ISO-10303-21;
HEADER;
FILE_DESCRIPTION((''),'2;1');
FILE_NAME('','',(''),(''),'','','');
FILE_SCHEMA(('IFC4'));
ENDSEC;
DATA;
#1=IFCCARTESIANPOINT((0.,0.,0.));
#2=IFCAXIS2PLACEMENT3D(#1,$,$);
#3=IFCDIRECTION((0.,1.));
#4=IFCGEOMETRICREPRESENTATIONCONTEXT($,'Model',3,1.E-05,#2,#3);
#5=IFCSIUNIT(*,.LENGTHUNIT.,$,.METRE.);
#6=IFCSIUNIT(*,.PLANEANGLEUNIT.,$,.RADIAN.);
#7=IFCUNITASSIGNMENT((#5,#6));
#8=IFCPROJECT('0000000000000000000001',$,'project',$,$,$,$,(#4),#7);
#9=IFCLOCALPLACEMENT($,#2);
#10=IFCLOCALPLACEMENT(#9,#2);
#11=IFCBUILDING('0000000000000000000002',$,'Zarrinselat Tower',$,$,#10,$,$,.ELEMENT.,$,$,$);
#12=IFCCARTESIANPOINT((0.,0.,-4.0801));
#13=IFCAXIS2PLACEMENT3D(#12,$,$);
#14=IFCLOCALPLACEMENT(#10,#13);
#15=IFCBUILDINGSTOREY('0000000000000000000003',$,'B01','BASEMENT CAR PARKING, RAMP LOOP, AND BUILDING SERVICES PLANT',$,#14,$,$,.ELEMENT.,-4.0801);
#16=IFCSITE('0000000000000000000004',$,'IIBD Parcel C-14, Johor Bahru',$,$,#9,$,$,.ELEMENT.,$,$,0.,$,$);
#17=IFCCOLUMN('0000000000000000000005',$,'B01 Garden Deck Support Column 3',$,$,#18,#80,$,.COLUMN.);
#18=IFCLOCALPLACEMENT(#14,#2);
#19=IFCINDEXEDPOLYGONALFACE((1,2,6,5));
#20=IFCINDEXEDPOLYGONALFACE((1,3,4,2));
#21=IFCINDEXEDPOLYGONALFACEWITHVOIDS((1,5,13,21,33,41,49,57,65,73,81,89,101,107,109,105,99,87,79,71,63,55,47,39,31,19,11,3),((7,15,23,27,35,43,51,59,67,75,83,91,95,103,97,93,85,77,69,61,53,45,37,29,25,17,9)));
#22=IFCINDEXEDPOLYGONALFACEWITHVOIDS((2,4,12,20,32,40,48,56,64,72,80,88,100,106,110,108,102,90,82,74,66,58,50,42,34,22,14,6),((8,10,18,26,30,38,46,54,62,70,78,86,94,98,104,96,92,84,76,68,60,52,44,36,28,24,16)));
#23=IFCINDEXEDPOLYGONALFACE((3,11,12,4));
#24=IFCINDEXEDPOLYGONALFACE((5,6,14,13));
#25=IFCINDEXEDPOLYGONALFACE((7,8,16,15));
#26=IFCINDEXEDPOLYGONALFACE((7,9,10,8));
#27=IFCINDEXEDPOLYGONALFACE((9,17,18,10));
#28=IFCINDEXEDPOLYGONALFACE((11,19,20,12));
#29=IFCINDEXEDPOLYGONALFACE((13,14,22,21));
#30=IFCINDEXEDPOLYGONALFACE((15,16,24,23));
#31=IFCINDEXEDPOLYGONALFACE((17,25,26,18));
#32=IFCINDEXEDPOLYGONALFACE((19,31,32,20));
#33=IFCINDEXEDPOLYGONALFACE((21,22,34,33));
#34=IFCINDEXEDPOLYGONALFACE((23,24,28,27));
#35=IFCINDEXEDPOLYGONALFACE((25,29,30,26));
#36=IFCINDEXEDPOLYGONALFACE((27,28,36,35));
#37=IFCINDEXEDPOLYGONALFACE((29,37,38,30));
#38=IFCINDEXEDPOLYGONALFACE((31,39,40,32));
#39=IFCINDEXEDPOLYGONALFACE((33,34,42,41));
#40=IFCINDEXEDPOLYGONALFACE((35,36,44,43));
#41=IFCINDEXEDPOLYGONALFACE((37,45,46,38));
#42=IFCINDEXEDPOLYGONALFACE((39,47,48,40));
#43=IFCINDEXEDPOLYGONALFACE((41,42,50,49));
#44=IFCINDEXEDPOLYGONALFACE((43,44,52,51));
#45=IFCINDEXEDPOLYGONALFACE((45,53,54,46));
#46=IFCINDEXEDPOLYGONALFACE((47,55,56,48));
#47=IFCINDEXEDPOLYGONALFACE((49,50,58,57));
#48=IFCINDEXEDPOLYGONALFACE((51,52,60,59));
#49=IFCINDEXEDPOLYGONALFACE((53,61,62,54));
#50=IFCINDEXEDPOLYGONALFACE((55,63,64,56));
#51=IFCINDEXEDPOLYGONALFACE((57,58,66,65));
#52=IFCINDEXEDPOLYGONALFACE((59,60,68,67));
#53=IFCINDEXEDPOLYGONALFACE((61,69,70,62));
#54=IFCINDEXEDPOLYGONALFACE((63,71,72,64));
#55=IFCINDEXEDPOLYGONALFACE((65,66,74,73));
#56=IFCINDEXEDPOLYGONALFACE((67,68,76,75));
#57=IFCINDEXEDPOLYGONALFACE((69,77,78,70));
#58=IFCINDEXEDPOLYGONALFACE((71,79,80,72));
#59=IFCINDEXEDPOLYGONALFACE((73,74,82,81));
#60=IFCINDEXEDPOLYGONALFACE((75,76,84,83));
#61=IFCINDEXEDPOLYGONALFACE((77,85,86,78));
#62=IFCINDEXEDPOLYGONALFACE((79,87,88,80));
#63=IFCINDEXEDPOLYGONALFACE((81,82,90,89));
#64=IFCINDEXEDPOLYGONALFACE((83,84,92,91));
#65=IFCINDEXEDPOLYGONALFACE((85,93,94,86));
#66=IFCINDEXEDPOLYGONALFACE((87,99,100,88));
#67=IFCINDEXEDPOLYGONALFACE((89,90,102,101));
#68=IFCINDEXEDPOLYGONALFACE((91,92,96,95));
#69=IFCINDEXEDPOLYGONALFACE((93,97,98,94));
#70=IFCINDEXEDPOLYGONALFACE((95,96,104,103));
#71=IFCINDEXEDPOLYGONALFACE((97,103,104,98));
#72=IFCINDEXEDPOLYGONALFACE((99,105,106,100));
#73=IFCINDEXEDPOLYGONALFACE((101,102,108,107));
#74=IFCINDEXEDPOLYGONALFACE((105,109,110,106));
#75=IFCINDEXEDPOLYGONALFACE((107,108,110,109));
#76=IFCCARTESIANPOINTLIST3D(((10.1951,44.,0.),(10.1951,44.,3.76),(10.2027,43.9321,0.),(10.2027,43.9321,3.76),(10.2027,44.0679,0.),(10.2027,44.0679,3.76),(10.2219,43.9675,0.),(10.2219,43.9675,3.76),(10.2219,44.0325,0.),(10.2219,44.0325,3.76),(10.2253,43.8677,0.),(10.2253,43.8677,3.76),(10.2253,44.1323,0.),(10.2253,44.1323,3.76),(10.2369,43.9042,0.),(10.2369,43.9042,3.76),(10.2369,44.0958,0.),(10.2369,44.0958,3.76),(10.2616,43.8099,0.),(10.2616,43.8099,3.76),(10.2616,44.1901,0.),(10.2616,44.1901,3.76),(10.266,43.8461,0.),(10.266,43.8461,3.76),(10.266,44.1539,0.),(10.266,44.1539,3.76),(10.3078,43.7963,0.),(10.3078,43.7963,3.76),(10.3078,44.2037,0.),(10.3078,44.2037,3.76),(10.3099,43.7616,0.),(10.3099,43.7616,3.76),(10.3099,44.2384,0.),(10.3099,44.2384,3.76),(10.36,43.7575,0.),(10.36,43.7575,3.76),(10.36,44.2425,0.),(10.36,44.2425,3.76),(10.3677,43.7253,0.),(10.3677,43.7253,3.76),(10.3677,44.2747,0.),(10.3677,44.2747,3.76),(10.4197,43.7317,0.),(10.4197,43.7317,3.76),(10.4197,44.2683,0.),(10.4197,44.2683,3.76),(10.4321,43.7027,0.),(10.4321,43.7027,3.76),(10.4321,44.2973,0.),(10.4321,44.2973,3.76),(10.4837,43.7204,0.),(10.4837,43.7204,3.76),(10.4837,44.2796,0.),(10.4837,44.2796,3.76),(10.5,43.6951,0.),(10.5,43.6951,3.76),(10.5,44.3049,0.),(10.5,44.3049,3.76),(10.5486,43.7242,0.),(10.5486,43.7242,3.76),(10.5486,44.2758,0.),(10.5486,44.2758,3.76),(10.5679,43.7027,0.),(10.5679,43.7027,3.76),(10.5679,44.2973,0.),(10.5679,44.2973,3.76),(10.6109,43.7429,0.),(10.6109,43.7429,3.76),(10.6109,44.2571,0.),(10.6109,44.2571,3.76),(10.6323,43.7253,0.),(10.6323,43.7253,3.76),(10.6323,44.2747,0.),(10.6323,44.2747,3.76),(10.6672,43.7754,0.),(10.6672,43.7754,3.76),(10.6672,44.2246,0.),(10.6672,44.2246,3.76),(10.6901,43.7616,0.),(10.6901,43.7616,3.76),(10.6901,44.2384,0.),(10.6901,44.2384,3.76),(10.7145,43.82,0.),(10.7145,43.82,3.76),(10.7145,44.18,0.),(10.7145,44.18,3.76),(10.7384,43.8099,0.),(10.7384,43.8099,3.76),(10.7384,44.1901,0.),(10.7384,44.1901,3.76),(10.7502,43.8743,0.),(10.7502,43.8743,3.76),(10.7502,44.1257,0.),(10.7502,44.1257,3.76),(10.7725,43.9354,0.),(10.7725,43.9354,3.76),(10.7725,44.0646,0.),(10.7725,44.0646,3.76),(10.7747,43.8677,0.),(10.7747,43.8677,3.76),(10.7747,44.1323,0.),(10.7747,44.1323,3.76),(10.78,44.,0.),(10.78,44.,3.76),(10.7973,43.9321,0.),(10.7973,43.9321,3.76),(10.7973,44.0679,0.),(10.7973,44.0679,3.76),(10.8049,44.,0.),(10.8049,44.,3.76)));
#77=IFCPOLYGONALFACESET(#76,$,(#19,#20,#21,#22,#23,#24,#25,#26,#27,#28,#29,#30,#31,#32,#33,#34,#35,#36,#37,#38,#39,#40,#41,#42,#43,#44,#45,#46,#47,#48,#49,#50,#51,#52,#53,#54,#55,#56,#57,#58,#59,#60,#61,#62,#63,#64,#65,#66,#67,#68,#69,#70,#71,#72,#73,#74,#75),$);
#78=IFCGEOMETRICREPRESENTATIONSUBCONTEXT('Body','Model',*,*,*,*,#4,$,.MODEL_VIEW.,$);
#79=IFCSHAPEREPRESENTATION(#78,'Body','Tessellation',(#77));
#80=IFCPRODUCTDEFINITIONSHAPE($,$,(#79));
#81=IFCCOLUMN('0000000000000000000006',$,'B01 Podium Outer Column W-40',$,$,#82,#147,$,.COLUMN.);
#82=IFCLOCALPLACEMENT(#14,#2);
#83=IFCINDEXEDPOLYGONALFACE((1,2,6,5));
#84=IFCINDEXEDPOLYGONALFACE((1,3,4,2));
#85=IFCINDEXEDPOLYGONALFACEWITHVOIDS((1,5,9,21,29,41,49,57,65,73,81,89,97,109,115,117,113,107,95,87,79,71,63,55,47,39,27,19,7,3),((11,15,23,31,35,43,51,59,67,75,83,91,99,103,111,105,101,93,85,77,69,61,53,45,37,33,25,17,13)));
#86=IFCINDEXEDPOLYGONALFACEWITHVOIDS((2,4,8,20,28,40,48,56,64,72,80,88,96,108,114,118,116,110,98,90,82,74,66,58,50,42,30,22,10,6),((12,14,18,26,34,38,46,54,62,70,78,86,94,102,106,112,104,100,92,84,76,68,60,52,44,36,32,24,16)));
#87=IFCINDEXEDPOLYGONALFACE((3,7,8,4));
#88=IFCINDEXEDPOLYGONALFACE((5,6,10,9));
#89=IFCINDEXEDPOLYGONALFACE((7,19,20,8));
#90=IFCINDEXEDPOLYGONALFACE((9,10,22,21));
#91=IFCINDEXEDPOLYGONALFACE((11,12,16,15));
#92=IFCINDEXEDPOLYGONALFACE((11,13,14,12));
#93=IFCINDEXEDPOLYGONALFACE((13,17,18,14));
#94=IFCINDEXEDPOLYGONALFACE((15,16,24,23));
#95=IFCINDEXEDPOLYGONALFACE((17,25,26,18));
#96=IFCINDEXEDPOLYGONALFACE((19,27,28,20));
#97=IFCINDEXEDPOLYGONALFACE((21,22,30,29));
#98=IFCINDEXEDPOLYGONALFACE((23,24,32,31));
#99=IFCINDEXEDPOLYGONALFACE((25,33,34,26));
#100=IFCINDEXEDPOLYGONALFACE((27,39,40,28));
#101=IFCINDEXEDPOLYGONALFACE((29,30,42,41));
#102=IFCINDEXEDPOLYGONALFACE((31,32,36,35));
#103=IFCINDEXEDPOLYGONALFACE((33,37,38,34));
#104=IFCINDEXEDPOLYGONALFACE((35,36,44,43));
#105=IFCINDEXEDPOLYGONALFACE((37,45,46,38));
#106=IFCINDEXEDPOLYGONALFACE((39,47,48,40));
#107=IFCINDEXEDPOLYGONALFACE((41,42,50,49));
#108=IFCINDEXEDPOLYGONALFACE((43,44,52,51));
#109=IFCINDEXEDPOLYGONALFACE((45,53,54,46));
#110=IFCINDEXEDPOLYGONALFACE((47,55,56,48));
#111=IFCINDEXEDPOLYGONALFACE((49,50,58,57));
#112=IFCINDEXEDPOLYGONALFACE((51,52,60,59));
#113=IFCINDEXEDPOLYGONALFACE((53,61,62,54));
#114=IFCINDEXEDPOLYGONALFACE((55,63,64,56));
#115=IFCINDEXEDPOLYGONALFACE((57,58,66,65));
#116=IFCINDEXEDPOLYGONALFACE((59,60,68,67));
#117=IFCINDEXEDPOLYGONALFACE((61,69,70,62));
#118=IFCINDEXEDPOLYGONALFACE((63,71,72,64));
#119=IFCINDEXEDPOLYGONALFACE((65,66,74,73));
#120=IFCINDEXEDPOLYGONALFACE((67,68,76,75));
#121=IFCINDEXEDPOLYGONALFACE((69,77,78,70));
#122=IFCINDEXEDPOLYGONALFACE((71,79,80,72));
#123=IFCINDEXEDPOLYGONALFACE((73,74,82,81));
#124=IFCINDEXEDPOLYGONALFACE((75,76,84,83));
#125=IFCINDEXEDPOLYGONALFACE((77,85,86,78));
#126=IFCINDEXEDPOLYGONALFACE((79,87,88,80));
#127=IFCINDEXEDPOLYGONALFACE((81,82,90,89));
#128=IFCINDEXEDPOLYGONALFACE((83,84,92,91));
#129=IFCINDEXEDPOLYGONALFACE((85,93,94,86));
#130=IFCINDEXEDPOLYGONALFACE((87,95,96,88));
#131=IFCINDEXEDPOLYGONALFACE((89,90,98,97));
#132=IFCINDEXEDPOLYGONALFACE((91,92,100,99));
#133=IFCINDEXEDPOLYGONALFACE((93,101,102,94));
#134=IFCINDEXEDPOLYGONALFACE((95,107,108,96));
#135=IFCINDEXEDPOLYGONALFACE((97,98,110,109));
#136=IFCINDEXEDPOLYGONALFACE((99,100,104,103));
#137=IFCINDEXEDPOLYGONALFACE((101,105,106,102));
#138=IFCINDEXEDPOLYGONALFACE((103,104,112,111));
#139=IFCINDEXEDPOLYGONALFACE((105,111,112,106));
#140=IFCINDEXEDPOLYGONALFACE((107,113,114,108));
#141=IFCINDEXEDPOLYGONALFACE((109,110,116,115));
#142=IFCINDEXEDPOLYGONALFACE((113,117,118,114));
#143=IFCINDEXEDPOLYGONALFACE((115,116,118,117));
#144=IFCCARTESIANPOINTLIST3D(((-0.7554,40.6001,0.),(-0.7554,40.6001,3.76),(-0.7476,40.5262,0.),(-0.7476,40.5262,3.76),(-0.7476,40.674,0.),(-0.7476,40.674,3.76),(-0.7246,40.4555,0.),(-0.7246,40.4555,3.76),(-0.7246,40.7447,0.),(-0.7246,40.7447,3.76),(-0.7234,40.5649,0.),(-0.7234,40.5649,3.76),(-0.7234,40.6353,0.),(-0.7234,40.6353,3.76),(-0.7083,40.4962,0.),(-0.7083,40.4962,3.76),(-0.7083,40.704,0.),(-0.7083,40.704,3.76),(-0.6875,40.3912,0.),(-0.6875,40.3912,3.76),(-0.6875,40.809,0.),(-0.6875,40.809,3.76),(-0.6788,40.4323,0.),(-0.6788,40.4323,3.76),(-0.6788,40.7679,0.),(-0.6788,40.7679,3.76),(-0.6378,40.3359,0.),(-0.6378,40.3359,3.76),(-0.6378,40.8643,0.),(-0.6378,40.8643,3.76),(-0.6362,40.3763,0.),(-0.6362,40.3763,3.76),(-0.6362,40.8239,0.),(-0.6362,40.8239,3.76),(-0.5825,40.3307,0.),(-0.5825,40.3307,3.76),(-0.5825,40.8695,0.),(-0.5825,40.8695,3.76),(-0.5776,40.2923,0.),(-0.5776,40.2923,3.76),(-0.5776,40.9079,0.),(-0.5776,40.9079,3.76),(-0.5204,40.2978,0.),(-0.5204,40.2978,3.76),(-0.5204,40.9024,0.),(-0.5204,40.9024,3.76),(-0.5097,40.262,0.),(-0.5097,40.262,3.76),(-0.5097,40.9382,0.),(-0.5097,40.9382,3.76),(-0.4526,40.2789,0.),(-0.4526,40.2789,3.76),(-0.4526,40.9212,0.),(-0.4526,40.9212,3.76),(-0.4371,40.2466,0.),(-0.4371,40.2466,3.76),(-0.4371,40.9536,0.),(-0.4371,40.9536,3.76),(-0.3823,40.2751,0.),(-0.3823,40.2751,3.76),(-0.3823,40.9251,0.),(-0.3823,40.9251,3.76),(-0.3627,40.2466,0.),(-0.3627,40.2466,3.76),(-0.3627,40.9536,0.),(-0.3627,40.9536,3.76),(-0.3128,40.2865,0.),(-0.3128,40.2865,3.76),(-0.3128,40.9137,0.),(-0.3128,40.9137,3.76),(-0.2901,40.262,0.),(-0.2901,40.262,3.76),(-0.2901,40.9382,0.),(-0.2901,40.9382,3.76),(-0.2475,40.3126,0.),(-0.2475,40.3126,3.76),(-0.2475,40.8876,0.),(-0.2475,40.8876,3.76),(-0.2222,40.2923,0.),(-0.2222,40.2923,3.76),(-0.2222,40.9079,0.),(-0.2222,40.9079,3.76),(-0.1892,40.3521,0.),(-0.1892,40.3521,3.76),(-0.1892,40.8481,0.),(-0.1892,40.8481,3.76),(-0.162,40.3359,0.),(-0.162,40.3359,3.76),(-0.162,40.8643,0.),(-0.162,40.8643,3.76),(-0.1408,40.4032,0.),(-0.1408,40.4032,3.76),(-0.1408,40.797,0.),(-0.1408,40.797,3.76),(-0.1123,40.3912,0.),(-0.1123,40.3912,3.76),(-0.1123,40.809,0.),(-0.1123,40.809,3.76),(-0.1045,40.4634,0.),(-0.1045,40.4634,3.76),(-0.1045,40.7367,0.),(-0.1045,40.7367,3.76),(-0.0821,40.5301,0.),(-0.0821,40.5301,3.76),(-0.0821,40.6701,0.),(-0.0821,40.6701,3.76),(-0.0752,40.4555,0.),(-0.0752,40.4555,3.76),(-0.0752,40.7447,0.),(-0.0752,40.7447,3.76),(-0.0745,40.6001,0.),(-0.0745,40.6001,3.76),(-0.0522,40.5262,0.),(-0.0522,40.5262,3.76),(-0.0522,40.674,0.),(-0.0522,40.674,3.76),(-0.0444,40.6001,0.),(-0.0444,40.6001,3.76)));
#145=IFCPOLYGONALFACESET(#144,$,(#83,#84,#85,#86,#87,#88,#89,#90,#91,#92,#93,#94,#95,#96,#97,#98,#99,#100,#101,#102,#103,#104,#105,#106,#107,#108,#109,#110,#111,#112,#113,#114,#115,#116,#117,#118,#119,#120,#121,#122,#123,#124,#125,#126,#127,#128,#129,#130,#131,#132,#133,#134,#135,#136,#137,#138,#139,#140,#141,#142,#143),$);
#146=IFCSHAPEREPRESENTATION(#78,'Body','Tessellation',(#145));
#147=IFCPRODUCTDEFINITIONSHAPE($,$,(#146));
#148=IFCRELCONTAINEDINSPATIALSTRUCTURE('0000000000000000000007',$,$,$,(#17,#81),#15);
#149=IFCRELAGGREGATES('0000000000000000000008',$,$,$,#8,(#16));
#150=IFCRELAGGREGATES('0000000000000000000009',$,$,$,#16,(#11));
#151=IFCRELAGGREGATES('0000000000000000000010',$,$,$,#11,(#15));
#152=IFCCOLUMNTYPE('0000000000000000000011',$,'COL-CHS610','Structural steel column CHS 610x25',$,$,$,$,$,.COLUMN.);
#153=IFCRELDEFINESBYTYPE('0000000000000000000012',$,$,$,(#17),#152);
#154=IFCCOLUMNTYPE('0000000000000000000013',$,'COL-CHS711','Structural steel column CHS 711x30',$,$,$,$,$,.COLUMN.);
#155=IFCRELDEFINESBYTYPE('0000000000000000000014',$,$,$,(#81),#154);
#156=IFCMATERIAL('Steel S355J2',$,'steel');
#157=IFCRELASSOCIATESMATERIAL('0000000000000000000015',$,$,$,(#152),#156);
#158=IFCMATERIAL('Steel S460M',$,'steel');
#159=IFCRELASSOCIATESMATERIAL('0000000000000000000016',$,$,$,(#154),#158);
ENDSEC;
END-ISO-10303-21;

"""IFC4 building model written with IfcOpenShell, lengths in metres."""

from ifc_helpers import new_model, si_unit, direction, frame, origin, origin_2d, place, context, subcontext, project, spatial, hollow_circle, extrude, material, material_profile, profile_set, type_object, element, save


model = new_model("IFC4")

# Units and contexts
model_context = context("Model", 3, precision=1e-05, world=origin(), true_north=direction((0.0, 1.0)))
body_context = subcontext(model_context, "Body", "Model", "MODEL_VIEW")
ifc_project = project(units=[si_unit("LENGTHUNIT", "METRE"), si_unit("PLANEANGLEUNIT", "RADIAN")], contexts=[model_context])

# Site, building, storey
site_placement = place(None, origin())
site = spatial("IfcSite", under=ifc_project, at=site_placement, Name="IIBD Parcel C-14, Johor Bahru", CompositionType="ELEMENT", RefElevation=0.0)
building_placement = place(site_placement, origin())
building = spatial("IfcBuilding", under=site, at=building_placement, Name="Zarrinselat Tower", CompositionType="ELEMENT")
storey_placement = place(building_placement, frame((0.0, 0.0, -4.0801)))
storey = spatial("IfcBuildingStorey", under=building, at=storey_placement, Name="B01", Description="BASEMENT CAR PARKING, RAMP LOOP, AND BUILDING SERVICES PLANT", CompositionType="ELEMENT", Elevation=-4.0801)

# Columns
ifc_material_1 = material(Name="Steel S355J2", Category="steel")
ifc_material_profile_1 = material_profile(ifc_material_1, hollow_circle(Radius=0.3049, WallThickness=0.0249, at=origin_2d()), Name="CHS 610x25")
ifc_profile_set_1 = profile_set([ifc_material_profile_1], Name="Steel S355J2")
column_type_1 = type_object("IfcColumnType", Name="COL-CHS610", Description="Structural steel column CHS 610x25", PredefinedType="COLUMN", material=ifc_profile_set_1)
column_1_placement = place(storey_placement, frame((10.5, 44.0, 0.0), z_axis=(0.0, 0.0, 1.0), x_axis=(1.0, 0.0, 0.0)))
element("IfcColumn", 1, at=column_1_placement, inside=storey, type_object=column_type_1, Name="B01 Garden Deck Support Column 3", PredefinedType="COLUMN", context=body_context, shape_type="SweptSolid", body=[
    extrude(hollow_circle(Radius=0.3049, WallThickness=0.0249, at=origin_2d()), origin(), (0.0, 0.0, 1.0), 3.76),
])
ifc_material_2 = material(Name="Steel S460M", Category="steel")
ifc_material_profile_2 = material_profile(ifc_material_2, hollow_circle(Radius=0.3555, WallThickness=0.03, at=origin_2d()), Name="CHS 711x30")
ifc_profile_set_2 = profile_set([ifc_material_profile_2], Name="Steel S460M")
column_type_2 = type_object("IfcColumnType", Name="COL-CHS711", Description="Structural steel column CHS 711x30", PredefinedType="COLUMN", material=ifc_profile_set_2)
for number, where, z_axis, x_axis, name in (
    (2, (-0.3999, 40.6001, 0.0), (0.0, 0.0, 1.0), (1.0, 0.0, 0.0), "B01 Podium Outer Column W-40"),
):
    element("IfcColumn", number, at=place(storey_placement, frame(where, z_axis=z_axis, x_axis=x_axis)), inside=storey, type_object=column_type_2, Name=name, PredefinedType="COLUMN", context=body_context, shape_type="SweptSolid", body=[
        extrude(hollow_circle(Radius=0.3555, WallThickness=0.03, at=origin_2d()), origin(), (0.0, 0.0, 1.0), 3.76),
    ])

save(model, "model.ifc")
